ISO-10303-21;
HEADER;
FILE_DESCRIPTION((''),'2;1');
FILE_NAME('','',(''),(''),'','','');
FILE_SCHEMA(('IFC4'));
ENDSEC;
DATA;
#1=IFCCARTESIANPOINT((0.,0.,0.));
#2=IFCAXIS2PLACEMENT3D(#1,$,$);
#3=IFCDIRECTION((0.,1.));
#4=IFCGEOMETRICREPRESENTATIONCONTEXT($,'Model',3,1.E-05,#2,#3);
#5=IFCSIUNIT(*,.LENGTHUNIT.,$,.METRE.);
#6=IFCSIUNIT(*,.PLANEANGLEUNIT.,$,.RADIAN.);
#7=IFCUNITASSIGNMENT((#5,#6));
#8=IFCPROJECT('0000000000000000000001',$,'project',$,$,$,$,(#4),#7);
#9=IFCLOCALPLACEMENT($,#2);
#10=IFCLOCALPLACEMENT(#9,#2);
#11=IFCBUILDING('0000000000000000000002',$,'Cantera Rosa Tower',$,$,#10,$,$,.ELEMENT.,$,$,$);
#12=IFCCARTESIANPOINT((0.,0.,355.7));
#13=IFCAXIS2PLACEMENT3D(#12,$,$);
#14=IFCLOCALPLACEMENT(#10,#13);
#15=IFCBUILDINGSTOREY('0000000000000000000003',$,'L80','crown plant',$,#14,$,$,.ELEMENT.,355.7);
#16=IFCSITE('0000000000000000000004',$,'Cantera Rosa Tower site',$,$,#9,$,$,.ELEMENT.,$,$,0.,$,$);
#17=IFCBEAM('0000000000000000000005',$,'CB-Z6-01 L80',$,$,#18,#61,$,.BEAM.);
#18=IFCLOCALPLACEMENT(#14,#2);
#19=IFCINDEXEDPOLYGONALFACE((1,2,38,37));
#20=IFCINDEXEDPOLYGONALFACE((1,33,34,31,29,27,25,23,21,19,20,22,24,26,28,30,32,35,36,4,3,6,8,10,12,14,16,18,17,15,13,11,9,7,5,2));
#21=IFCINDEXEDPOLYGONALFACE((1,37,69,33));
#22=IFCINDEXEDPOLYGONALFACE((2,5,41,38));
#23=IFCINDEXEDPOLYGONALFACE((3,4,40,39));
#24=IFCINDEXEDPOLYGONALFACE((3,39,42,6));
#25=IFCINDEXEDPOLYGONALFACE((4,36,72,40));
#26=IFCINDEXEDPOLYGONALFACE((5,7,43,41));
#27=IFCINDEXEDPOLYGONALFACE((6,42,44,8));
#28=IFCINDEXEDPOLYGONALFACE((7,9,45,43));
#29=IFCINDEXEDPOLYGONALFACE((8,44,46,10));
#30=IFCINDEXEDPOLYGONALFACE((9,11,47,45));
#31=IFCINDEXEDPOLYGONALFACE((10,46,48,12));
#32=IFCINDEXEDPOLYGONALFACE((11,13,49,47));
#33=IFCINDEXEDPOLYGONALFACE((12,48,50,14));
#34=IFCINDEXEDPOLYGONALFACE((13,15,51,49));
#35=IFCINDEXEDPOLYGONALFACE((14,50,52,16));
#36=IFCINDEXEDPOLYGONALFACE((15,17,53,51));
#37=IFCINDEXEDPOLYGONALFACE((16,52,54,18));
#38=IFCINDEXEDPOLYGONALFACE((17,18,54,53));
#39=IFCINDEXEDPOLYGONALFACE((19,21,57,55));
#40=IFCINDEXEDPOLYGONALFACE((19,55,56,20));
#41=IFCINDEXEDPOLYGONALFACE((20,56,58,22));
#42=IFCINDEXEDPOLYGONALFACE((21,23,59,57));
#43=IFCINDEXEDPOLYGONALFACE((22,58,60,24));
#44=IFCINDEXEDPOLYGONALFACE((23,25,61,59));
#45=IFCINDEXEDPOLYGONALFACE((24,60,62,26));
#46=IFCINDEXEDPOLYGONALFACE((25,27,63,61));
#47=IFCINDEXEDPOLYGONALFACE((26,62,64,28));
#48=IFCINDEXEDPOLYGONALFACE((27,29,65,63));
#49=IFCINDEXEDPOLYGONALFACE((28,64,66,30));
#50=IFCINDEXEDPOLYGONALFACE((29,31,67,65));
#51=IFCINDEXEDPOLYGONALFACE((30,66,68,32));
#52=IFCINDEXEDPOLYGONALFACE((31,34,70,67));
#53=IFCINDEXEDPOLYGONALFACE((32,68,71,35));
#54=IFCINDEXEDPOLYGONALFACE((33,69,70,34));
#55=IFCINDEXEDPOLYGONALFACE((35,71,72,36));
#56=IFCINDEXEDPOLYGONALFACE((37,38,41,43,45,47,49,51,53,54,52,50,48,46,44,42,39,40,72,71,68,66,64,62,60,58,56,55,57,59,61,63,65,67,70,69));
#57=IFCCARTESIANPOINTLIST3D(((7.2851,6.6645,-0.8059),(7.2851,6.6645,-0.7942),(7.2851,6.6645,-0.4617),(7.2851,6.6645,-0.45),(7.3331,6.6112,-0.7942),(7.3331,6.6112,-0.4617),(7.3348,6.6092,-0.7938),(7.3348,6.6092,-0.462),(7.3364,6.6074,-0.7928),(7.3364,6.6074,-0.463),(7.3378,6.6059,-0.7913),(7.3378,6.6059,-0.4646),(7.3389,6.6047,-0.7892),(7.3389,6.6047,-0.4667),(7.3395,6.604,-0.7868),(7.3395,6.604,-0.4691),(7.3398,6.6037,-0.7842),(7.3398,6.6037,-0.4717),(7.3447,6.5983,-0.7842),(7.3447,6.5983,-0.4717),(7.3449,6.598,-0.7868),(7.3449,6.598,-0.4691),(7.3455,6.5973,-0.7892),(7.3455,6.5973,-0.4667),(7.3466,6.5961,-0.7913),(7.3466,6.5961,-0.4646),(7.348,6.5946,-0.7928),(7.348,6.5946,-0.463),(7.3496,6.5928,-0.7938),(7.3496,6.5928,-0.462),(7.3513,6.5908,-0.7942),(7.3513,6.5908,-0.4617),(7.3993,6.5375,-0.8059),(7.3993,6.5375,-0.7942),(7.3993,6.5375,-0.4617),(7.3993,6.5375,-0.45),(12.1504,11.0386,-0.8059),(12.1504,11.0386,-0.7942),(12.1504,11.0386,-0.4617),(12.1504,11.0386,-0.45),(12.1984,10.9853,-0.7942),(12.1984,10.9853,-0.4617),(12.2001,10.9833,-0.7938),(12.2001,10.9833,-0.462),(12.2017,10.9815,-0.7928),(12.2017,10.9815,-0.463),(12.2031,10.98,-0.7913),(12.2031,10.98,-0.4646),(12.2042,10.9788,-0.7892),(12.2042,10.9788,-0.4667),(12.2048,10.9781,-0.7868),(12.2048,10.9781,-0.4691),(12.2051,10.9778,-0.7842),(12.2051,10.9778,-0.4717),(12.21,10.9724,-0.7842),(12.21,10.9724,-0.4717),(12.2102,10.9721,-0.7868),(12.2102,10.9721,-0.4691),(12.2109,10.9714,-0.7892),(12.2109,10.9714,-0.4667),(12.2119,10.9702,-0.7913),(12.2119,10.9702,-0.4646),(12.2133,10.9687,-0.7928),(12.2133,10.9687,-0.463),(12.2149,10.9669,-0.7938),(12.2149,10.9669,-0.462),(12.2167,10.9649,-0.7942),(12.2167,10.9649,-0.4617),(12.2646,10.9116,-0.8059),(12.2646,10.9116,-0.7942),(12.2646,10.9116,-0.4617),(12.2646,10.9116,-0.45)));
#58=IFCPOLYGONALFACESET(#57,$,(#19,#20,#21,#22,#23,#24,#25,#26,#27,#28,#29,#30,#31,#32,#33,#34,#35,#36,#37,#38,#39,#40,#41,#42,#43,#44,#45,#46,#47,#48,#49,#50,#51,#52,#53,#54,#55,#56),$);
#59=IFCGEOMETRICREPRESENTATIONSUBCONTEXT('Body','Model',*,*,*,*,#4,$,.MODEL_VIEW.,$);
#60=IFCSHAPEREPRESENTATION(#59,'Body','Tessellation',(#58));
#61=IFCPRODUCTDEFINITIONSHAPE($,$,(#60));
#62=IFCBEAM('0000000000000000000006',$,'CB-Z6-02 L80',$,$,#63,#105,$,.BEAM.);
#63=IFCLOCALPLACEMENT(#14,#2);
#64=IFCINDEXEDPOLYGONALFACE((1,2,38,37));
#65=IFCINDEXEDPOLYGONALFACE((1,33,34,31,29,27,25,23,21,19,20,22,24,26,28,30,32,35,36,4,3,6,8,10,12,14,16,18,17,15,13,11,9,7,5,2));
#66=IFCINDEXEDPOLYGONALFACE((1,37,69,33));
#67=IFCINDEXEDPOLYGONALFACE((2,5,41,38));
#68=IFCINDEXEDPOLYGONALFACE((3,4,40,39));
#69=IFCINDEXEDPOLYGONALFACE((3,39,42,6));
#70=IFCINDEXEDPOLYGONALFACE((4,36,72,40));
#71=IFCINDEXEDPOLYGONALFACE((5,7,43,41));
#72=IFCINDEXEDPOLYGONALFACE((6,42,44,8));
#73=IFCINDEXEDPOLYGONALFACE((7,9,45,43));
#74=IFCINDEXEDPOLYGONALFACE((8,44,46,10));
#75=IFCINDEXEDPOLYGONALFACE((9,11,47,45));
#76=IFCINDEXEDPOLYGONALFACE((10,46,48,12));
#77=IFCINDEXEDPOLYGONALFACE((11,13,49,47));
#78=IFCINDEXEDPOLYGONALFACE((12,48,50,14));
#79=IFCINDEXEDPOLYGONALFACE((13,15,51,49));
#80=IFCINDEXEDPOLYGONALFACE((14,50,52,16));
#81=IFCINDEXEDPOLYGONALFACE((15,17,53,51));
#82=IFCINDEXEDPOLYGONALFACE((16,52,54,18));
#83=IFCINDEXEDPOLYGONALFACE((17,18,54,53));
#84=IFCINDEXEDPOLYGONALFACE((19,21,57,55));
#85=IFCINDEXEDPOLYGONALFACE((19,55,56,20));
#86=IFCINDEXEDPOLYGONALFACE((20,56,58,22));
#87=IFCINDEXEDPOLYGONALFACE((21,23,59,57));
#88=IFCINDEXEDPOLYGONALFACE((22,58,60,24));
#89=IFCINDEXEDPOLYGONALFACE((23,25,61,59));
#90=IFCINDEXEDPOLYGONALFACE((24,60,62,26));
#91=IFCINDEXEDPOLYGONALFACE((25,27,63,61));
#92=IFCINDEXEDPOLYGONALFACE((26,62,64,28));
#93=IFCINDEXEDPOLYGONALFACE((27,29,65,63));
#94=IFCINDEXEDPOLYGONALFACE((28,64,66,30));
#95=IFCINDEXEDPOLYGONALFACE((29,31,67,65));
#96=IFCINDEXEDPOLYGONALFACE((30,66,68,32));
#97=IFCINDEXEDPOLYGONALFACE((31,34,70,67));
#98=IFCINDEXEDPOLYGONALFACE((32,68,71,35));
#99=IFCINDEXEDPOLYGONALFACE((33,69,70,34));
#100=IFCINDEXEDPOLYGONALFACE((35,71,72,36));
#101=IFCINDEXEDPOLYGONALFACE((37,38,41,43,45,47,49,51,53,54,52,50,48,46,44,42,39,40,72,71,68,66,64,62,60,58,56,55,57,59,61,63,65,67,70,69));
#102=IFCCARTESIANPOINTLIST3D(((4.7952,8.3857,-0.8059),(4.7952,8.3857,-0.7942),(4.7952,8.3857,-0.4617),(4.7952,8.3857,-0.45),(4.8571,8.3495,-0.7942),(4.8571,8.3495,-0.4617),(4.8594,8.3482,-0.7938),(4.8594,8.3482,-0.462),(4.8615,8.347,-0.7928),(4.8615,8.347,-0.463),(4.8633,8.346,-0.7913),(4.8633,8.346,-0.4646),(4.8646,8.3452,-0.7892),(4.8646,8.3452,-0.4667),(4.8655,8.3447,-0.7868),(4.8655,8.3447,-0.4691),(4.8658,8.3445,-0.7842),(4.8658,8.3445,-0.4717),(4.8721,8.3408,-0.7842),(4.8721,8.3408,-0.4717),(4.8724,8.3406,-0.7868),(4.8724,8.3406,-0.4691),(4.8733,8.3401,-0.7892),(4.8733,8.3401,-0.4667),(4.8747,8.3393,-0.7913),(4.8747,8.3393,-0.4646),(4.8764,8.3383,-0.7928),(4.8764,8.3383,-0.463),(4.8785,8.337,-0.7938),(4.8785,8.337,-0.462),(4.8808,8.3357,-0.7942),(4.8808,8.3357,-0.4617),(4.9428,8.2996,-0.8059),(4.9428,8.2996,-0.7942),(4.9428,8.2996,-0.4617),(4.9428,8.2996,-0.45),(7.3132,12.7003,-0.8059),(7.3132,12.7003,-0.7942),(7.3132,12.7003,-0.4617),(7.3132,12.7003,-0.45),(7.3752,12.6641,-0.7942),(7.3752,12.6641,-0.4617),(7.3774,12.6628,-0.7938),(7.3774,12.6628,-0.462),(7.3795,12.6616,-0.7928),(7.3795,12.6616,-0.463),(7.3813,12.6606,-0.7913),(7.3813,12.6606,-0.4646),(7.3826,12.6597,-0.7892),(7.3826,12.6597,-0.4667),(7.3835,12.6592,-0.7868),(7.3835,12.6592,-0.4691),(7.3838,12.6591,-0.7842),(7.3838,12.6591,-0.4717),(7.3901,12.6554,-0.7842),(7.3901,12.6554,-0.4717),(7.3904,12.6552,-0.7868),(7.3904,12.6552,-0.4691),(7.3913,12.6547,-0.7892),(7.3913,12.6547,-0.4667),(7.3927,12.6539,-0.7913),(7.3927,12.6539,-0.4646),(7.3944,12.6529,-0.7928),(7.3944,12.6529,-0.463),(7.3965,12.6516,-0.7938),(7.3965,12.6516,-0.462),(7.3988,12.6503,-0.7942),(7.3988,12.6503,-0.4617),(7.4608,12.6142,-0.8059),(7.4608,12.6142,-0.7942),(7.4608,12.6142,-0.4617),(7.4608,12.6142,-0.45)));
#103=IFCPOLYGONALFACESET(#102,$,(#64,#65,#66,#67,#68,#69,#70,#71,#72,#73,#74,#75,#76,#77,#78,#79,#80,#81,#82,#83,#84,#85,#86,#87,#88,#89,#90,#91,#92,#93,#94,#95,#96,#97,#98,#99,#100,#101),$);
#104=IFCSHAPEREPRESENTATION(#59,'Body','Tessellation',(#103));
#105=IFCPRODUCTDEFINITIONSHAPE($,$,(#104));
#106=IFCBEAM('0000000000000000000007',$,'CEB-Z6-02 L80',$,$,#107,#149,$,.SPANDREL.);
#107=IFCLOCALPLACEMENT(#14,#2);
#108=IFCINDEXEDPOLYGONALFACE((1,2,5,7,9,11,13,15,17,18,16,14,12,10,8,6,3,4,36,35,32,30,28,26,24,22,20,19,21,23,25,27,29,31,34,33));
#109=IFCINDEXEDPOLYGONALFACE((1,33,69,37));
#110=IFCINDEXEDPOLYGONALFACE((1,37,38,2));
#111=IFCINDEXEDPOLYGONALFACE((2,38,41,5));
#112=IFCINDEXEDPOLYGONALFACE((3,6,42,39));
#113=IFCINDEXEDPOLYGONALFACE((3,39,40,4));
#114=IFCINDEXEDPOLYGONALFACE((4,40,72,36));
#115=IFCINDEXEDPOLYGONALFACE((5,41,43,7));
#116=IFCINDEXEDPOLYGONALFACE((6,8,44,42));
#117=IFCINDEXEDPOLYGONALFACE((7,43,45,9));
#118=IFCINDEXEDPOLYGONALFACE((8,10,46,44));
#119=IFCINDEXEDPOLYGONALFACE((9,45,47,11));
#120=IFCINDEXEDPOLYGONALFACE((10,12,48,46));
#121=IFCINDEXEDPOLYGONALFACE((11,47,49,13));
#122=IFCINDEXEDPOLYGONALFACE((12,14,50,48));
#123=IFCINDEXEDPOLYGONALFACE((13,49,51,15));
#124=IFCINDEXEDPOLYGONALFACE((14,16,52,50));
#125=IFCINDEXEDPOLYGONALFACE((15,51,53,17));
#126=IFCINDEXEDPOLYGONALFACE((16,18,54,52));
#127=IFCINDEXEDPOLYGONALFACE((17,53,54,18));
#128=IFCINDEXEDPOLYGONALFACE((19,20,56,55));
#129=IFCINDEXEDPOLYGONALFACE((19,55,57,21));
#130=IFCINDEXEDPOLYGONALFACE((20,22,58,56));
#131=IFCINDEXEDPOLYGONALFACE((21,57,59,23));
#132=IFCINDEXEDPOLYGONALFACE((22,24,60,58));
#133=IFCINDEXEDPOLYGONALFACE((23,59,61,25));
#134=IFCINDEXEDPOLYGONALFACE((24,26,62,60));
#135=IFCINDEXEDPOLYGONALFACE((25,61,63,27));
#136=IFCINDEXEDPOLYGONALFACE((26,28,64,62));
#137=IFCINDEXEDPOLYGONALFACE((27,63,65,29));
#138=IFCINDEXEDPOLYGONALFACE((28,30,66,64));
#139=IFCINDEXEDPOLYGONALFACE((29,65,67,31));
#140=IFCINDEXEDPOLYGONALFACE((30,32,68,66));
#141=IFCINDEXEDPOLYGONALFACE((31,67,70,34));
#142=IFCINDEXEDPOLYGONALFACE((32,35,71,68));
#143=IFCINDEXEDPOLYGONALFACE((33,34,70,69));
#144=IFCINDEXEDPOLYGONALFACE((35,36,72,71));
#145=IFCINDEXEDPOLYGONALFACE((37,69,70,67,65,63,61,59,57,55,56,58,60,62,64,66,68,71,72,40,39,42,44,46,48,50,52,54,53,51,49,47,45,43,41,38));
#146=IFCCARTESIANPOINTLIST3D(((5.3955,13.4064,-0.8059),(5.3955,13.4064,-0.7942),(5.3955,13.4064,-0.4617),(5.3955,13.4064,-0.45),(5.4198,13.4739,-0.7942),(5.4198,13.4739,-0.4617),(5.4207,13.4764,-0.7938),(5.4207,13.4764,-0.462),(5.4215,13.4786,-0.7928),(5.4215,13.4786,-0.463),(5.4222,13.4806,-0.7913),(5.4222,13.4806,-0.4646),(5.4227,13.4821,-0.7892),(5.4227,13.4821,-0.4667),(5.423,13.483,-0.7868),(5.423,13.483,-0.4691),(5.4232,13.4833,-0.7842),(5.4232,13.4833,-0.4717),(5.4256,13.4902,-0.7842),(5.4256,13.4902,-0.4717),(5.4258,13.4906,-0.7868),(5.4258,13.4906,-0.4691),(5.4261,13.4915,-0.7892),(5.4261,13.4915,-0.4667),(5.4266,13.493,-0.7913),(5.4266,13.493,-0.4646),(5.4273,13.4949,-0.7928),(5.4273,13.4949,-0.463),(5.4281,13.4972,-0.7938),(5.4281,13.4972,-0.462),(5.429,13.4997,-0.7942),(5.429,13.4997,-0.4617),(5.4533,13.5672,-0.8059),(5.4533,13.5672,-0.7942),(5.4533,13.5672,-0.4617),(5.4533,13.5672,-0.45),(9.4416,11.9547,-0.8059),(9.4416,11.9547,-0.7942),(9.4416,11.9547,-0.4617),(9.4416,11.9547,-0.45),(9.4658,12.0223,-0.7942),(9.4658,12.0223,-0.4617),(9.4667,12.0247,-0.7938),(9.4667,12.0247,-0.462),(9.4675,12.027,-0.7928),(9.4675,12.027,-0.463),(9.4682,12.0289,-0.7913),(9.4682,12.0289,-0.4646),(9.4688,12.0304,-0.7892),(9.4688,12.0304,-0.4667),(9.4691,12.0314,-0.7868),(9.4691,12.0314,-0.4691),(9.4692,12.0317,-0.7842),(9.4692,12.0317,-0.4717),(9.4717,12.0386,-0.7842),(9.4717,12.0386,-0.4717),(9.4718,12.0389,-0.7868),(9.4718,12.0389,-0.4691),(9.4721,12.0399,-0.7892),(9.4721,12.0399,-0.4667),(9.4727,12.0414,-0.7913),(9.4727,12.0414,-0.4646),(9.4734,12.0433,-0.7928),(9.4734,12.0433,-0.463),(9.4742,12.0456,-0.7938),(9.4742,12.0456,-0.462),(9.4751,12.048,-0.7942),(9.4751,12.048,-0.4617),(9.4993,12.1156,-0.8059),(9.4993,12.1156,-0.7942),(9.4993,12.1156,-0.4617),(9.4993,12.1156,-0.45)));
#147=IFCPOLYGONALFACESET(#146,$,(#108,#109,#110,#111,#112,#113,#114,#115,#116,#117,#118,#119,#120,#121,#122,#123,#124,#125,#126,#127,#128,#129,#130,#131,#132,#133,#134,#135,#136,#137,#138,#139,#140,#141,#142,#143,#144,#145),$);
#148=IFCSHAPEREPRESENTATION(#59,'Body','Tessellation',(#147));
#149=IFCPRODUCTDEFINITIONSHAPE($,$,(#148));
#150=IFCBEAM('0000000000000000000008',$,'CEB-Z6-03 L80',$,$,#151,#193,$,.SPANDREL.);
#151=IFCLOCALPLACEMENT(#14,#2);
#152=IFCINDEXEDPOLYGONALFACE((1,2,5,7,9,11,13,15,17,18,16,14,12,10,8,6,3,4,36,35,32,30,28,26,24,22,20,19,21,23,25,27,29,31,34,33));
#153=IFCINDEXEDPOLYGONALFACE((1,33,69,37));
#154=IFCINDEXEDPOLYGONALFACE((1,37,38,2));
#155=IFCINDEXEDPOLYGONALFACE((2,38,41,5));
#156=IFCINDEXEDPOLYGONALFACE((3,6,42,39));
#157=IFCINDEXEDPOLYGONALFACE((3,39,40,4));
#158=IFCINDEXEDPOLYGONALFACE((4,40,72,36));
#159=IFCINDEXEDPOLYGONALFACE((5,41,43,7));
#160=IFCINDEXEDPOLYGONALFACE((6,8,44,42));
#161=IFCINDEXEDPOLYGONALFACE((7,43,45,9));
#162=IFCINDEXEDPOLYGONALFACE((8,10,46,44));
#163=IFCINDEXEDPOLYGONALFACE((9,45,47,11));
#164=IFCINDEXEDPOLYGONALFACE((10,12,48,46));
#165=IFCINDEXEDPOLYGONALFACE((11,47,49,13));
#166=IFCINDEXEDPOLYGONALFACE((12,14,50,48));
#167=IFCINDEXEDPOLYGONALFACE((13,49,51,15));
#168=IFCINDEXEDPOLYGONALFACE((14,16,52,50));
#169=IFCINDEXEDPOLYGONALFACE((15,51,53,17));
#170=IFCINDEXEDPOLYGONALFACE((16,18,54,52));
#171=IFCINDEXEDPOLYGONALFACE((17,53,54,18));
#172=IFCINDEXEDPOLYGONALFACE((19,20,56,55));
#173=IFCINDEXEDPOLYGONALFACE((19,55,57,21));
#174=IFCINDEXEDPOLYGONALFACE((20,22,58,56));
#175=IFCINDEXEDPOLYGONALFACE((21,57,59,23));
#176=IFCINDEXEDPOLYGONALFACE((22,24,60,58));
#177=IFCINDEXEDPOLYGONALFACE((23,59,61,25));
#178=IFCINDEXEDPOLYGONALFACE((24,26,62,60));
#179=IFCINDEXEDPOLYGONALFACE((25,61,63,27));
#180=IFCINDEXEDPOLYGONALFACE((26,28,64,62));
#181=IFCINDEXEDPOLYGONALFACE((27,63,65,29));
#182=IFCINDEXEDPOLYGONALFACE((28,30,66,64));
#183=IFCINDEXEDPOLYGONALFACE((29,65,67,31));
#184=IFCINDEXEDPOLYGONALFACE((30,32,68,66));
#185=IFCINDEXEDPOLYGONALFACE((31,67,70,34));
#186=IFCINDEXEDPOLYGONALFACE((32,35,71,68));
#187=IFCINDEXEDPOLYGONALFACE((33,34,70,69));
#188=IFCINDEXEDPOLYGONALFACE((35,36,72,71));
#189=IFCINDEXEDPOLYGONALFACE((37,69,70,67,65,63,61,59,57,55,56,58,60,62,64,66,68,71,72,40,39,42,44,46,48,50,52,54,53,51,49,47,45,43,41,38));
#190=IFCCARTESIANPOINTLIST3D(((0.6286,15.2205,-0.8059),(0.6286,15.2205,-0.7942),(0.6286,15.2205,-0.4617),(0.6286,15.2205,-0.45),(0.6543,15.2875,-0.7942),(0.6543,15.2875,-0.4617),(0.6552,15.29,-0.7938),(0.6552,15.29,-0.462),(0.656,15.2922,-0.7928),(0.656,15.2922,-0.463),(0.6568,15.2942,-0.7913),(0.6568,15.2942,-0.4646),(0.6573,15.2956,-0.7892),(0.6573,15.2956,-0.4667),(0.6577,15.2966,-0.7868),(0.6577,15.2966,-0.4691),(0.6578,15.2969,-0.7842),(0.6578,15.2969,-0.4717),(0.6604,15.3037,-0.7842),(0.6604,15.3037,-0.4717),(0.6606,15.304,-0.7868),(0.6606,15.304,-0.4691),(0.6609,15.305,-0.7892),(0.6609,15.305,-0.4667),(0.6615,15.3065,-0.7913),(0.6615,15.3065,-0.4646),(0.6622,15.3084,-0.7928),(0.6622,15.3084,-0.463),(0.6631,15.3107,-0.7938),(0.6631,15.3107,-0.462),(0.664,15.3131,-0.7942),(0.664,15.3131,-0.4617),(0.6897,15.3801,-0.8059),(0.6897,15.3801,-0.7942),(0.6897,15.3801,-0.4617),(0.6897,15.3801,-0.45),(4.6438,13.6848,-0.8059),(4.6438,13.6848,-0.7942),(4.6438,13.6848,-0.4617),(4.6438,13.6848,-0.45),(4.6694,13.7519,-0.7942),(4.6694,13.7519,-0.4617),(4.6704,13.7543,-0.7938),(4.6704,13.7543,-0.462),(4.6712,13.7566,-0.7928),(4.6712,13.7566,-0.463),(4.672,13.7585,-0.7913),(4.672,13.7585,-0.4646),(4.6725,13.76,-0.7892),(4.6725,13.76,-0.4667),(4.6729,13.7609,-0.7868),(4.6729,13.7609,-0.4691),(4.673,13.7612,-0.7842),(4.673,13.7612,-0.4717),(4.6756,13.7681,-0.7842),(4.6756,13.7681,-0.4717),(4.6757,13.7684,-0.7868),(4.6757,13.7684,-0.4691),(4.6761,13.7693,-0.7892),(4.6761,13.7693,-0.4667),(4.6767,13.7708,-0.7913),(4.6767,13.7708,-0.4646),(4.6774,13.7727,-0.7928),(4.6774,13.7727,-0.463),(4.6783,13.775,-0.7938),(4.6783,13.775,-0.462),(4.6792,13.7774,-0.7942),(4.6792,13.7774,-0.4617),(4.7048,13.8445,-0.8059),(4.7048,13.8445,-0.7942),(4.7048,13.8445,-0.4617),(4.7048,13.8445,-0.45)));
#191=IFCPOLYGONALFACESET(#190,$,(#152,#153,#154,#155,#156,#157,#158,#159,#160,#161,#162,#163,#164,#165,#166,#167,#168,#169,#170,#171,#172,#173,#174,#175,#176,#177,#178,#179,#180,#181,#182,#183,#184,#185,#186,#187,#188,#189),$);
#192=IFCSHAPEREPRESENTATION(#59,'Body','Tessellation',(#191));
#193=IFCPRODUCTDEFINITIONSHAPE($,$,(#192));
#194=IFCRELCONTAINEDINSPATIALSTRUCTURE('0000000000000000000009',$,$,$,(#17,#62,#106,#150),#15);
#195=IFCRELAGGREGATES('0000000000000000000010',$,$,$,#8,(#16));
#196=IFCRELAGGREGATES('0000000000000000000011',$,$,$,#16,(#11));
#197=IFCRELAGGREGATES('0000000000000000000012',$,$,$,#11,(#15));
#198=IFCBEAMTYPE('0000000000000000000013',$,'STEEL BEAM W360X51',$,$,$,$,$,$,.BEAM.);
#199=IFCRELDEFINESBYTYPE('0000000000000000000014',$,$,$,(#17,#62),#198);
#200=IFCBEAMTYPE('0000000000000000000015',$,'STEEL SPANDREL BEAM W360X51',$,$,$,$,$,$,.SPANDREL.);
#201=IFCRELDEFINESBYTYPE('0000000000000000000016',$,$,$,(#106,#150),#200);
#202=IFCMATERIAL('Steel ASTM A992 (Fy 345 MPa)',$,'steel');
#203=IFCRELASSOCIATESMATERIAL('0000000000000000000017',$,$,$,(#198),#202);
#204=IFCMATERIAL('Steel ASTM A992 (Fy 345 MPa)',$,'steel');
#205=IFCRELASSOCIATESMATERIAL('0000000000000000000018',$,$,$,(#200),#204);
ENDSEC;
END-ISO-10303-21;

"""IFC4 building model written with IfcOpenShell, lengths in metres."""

from ifc_helpers import new_model, si_unit, direction, frame, origin, origin_2d, place, context, subcontext, project, spatial, i_section, extrude, material, material_profile, profile_set, type_object, element, save


model = new_model("IFC4")

# Units and contexts
model_context = context("Model", 3, precision=1e-05, world=origin(), true_north=direction((0.0, 1.0)))
body_context = subcontext(model_context, "Body", "Model", "MODEL_VIEW")
ifc_project = project(units=[si_unit("LENGTHUNIT", "METRE"), si_unit("PLANEANGLEUNIT", "RADIAN")], contexts=[model_context])

# Site, building, storey
site_placement = place(None, origin())
site = spatial("IfcSite", under=ifc_project, at=site_placement, Name="Cantera Rosa Tower site", CompositionType="ELEMENT", RefElevation=0.0)
building_placement = place(site_placement, origin())
building = spatial("IfcBuilding", under=site, at=building_placement, Name="Cantera Rosa Tower", CompositionType="ELEMENT")
storey_placement = place(building_placement, frame((0.0, 0.0, 355.7)))
storey = spatial("IfcBuildingStorey", under=building, at=storey_placement, Name="L80", Description="crown plant", CompositionType="ELEMENT", Elevation=355.7)

# Beams
ifc_material_1 = material(Name="Steel ASTM A992 (Fy 345 MPa)", Category="steel")
ifc_material_profile_1 = material_profile(ifc_material_1, i_section(OverallWidth=0.1709, OverallDepth=0.356, WebThickness=0.0073, FlangeThickness=0.0117, FilletRadius=0.01, at=origin_2d()), Name="W360X51")
ifc_profile_set_1 = profile_set([ifc_material_profile_1], Name="Steel ASTM A992 (Fy 345 MPa)")
beam_type_1 = type_object("IfcBeamType", Name="STEEL BEAM W360X51", PredefinedType="BEAM", material=ifc_profile_set_1)
beam_1_placement = place(storey_placement, frame((12.2075, 10.9751, -0.6279), z_axis=(-0.74365, -0.668569, 0.0), x_axis=(0.668569, -0.74365, 0.0)))
element("IfcBeam", 1, at=beam_1_placement, inside=storey, type_object=beam_type_1, Name="CB-Z6-01 L80", PredefinedType="BEAM", context=body_context, shape_type="SweptSolid", body=[
    extrude(i_section(OverallWidth=0.1709, OverallDepth=0.356, WebThickness=0.0073, FlangeThickness=0.0117, FilletRadius=0.01, at=origin_2d()), origin(), (0.0, 0.0, 1.0), 6.5425),
])
beam_2_placement = place(storey_placement, frame((7.387, 12.6572, -0.6279), z_axis=(-0.504044, -0.863678, 0.0), x_axis=(0.863678, -0.504044, 0.0)))
element("IfcBeam", 2, at=beam_2_placement, inside=storey, type_object=beam_type_1, Name="CB-Z6-02 L80", PredefinedType="BEAM", context=body_context, shape_type="SweptSolid", body=[
    extrude(i_section(OverallWidth=0.1709, OverallDepth=0.356, WebThickness=0.0073, FlangeThickness=0.0117, FilletRadius=0.01, at=origin_2d()), origin(), (0.0, 0.0, 1.0), 4.9956),
])
ifc_material_2 = material(Name="Steel ASTM A992 (Fy 345 MPa)", Category="steel")
ifc_material_profile_2 = material_profile(ifc_material_2, i_section(OverallWidth=0.1709, OverallDepth=0.356, WebThickness=0.0073, FlangeThickness=0.0117, FilletRadius=0.01, at=origin_2d()), Name="W360X51")
ifc_profile_set_2 = profile_set([ifc_material_profile_2], Name="Steel ASTM A992 (Fy 345 MPa)")
beam_type_2 = type_object("IfcBeamType", Name="STEEL SPANDREL BEAM W360X51", PredefinedType="SPANDREL", material=ifc_profile_set_2)
beam_3_placement = place(storey_placement, frame((9.4705, 12.0352, -0.6279), z_axis=(-0.941254, 0.3377, 0.0), x_axis=(-0.3377, -0.941254, 0.0)))
element("IfcBeam", 3, at=beam_3_placement, inside=storey, type_object=beam_type_2, Name="CEB-Z6-02 L80", PredefinedType="SPANDREL", context=body_context, shape_type="SweptSolid", body=[
    extrude(i_section(OverallWidth=0.1709, OverallDepth=0.356, WebThickness=0.0073, FlangeThickness=0.0117, FilletRadius=0.01, at=origin_2d()), origin(), (0.0, 0.0, 1.0), 4.2986),
])
beam_4_placement = place(storey_placement, frame((4.6743, 13.7646, -0.6279), z_axis=(-0.934017, 0.357228, 0.0), x_axis=(-0.357228, -0.934017, 0.0)))
element("IfcBeam", 4, at=beam_4_placement, inside=storey, type_object=beam_type_2, Name="CEB-Z6-03 L80", PredefinedType="SPANDREL", context=body_context, shape_type="SweptSolid", body=[
    extrude(i_section(OverallWidth=0.1709, OverallDepth=0.356, WebThickness=0.0073, FlangeThickness=0.0117, FilletRadius=0.01, at=origin_2d()), origin(), (0.0, 0.0, 1.0), 4.2988),
])

save(model, "model.ifc")
